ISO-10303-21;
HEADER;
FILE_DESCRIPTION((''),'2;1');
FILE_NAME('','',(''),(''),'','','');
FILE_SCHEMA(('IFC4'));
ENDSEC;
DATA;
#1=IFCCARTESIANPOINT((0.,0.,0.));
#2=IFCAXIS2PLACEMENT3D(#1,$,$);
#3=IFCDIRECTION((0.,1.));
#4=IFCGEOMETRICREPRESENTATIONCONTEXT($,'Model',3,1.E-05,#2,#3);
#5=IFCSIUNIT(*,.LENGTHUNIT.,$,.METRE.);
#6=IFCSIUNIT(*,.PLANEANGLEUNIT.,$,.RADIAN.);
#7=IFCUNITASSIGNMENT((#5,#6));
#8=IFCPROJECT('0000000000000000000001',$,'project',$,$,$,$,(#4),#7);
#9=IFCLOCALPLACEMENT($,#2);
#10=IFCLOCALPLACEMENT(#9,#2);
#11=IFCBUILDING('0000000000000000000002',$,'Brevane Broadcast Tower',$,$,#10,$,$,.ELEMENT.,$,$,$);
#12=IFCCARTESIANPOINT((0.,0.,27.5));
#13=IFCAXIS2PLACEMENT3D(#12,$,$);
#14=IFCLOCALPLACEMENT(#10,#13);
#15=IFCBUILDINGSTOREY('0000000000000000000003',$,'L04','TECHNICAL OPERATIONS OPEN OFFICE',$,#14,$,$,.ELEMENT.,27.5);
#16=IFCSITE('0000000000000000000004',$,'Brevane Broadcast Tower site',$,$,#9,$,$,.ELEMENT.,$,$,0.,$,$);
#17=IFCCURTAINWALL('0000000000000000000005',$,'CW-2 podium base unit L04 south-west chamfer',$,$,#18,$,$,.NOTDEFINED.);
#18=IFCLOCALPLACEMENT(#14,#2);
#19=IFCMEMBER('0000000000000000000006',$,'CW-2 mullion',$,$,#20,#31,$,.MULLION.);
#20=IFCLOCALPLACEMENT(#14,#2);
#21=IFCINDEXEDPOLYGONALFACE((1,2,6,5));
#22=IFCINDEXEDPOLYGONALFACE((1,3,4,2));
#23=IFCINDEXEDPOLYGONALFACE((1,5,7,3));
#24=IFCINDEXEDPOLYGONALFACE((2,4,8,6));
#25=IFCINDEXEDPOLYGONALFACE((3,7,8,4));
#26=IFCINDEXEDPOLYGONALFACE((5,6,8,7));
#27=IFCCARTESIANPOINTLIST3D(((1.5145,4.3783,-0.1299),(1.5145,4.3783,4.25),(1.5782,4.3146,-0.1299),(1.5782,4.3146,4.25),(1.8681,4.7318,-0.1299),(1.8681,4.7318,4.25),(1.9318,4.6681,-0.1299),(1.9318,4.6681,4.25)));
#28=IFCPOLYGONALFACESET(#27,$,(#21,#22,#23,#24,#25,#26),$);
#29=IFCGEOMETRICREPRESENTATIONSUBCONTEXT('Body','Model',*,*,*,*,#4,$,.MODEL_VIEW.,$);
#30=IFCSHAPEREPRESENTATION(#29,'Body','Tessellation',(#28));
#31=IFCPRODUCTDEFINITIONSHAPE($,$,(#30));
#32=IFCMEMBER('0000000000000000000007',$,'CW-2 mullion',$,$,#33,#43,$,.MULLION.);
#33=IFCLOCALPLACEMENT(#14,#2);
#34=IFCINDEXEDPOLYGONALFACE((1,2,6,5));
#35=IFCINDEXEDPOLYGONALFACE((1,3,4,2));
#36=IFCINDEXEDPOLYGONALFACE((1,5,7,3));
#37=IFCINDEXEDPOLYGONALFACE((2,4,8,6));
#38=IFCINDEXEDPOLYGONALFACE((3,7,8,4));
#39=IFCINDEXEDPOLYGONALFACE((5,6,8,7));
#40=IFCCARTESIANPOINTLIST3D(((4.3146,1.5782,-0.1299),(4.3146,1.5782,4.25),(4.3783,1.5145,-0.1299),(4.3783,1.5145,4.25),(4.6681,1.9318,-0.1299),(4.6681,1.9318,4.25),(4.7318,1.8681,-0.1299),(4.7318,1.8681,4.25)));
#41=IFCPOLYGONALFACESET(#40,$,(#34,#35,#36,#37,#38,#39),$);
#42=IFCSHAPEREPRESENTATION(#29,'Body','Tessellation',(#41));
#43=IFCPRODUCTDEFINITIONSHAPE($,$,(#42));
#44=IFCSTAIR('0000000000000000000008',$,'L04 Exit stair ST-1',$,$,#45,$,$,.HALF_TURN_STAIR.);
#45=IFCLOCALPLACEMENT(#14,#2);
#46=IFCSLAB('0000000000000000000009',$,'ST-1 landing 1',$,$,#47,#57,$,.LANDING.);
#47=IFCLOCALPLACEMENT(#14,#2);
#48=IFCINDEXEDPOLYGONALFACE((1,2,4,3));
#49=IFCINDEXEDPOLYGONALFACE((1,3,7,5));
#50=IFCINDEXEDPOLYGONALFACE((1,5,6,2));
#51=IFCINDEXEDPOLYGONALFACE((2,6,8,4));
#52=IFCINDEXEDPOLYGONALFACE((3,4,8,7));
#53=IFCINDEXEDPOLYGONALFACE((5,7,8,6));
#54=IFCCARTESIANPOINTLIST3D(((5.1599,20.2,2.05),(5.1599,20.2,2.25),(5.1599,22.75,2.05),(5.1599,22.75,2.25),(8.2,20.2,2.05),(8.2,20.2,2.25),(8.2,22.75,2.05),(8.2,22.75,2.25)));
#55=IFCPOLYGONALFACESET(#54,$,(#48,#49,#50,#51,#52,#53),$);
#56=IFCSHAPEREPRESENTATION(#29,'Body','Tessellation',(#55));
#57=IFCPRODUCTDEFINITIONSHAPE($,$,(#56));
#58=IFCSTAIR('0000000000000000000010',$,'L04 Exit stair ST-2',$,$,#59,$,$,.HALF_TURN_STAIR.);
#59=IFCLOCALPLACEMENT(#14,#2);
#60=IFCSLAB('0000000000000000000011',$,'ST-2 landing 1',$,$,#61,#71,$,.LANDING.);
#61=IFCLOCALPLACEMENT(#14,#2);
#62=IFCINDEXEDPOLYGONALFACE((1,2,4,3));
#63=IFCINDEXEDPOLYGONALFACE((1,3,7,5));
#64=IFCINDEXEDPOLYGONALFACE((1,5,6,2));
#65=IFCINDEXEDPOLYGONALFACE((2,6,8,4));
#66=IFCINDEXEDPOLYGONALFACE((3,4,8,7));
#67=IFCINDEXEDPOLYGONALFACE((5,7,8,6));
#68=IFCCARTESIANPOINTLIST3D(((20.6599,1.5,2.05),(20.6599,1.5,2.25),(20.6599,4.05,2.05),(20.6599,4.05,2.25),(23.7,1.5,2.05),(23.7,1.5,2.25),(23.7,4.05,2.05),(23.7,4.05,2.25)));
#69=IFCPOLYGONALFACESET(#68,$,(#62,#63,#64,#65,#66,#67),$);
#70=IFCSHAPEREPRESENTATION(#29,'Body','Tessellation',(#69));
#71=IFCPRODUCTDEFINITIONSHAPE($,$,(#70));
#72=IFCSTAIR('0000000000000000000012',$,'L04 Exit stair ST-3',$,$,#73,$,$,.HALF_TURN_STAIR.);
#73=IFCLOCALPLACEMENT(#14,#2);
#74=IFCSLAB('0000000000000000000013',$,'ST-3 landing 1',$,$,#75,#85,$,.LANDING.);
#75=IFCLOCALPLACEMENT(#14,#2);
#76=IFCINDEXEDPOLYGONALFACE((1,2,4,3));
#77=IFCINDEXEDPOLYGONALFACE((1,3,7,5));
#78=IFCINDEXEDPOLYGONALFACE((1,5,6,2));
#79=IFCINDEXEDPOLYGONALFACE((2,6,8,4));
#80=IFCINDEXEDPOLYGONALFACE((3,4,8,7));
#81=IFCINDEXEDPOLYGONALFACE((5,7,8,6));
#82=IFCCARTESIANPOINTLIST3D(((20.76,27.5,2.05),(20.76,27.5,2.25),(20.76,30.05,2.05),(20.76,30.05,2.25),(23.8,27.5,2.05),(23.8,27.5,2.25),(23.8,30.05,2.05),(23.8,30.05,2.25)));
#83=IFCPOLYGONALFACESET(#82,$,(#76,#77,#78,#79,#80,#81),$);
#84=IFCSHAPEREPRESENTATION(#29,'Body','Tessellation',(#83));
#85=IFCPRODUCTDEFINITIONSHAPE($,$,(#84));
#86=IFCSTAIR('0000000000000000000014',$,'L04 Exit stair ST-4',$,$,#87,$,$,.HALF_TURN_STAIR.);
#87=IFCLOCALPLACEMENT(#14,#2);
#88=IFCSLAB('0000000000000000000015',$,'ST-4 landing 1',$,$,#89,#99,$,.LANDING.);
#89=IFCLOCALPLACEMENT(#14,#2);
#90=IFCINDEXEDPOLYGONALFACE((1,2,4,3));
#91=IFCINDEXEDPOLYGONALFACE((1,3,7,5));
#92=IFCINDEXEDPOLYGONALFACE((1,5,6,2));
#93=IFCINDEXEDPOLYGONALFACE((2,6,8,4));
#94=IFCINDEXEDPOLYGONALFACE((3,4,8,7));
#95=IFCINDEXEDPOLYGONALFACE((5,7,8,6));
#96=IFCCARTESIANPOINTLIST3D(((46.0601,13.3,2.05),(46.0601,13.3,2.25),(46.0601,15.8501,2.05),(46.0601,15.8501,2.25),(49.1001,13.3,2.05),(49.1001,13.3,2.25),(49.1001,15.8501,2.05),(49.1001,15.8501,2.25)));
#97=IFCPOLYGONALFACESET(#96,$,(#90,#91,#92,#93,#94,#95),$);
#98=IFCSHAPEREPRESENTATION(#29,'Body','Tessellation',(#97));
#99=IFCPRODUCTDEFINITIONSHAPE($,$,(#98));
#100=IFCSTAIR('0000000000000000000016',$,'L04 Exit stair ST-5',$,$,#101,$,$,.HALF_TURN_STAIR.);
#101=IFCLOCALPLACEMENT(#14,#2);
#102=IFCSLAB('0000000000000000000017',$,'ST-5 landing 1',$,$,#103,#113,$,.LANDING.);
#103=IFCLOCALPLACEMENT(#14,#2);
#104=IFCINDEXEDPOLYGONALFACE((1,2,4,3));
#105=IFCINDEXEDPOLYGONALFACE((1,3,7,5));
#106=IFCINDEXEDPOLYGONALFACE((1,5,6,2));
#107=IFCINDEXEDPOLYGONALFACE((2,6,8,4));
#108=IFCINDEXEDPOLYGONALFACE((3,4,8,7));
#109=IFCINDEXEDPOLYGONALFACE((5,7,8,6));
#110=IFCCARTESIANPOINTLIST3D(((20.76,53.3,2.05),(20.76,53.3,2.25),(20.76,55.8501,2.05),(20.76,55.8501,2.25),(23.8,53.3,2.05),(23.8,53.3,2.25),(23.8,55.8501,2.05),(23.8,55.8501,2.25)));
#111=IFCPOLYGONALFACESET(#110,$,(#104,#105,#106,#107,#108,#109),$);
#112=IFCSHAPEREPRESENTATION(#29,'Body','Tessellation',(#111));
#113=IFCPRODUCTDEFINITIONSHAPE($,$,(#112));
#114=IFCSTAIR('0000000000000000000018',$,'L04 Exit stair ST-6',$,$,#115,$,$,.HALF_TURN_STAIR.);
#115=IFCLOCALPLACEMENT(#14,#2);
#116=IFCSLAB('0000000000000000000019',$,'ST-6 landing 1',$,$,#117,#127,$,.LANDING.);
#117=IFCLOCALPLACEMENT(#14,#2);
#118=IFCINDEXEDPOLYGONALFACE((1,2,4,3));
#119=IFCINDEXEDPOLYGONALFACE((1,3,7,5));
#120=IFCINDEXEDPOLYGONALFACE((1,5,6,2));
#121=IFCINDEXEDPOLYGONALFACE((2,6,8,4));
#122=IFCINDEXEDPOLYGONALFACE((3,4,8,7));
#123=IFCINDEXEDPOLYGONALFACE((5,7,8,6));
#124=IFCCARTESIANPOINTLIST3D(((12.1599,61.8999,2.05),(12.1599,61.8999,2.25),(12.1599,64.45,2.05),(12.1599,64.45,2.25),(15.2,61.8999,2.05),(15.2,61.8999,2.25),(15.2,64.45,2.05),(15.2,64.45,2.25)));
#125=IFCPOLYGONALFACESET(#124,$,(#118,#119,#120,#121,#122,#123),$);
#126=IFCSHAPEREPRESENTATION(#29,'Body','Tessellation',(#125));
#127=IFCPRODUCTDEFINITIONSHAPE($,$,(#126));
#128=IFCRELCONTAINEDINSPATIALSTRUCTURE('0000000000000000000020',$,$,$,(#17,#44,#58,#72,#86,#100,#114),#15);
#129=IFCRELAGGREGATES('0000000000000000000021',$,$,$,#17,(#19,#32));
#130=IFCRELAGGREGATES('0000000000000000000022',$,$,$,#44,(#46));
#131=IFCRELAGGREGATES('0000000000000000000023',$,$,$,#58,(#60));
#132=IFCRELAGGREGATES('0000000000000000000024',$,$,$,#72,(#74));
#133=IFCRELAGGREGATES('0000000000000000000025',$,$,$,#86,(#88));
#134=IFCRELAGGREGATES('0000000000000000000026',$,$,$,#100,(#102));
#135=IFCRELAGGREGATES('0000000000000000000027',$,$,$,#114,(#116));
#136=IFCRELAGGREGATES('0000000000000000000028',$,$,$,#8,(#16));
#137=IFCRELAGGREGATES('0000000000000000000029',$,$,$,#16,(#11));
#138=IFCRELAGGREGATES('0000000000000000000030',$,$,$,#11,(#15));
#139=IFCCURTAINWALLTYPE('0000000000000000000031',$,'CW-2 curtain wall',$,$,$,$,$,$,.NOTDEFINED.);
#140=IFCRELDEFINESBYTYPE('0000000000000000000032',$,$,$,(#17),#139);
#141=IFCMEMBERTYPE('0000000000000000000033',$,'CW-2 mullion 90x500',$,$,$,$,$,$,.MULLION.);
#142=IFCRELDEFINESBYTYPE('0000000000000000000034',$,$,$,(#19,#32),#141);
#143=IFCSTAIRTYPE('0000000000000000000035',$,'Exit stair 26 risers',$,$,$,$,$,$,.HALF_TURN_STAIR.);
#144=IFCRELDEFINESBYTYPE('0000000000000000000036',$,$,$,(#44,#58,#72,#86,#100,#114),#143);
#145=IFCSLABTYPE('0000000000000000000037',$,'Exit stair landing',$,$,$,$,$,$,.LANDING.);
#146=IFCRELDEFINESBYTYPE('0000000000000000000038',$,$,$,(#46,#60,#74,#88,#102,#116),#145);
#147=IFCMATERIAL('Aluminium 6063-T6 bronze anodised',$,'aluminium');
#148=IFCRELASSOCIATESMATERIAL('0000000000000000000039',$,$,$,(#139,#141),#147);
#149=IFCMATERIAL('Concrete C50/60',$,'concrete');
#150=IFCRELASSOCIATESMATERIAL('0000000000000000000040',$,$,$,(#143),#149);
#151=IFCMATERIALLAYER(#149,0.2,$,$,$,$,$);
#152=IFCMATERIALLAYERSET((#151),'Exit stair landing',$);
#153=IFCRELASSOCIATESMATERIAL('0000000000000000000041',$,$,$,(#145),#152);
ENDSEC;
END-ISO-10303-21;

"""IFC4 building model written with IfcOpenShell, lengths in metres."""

from ifc_helpers import new_model, si_unit, direction, frame, origin, origin_2d, place, context, subcontext, project, spatial, polyline, rectangle, outline, extrude, material, layer, layer_set, material_profile, profile_set, type_object, element, aggregate, save


model = new_model("IFC4")

# Units and contexts
model_context = context("Model", 3, precision=1e-05, world=origin(), true_north=direction((0.0, 1.0)))
body_context = subcontext(model_context, "Body", "Model", "MODEL_VIEW")
ifc_project = project(units=[si_unit("LENGTHUNIT", "METRE"), si_unit("PLANEANGLEUNIT", "RADIAN")], contexts=[model_context])

# Site, building, storey
site_placement = place(None, origin())
site = spatial("IfcSite", under=ifc_project, at=site_placement, Name="Brevane Broadcast Tower site", CompositionType="ELEMENT", RefElevation=0.0)
building_placement = place(site_placement, origin())
building = spatial("IfcBuilding", under=site, at=building_placement, Name="Brevane Broadcast Tower", CompositionType="ELEMENT")
storey_placement = place(building_placement, frame((0.0, 0.0, 27.5)))
storey = spatial("IfcBuildingStorey", under=building, at=storey_placement, Name="L04", Description="TECHNICAL OPERATIONS OPEN OFFICE", CompositionType="ELEMENT", Elevation=27.5)

# Curtain wall, members
ifc_material_1 = material(Name="Aluminium 6063-T6 bronze anodised", Category="aluminium")
curtain_wall_type = type_object("IfcCurtainWallType", Name="CW-2 curtain wall", PredefinedType="NOTDEFINED", material=ifc_material_1)
curtain_wall_placement = place(storey_placement, origin())
curtain_wall = element("IfcCurtainWall", 1, at=curtain_wall_placement, inside=storey, type_object=curtain_wall_type, Name="CW-2 podium base unit L04 south-west chamfer", PredefinedType="NOTDEFINED")
ifc_material_profile = material_profile(ifc_material_1, rectangle(XDim=0.5, YDim=0.0901, at=origin_2d()), Name="RECT 90x500")
ifc_profile_set = profile_set([ifc_material_profile], Name="Aluminium 6063-T6 bronze anodised")
member_type = type_object("IfcMemberType", Name="CW-2 mullion 90x500", PredefinedType="MULLION", material=ifc_profile_set)
member_1_placement = place(storey_placement, frame((1.7231, 4.5232, -0.1299), z_axis=(0.0, 0.0, 1.0), x_axis=(0.707107, 0.707107, 0.0)))
member_1 = element("IfcMember", 2, at=member_1_placement, type_object=member_type, Name="CW-2 mullion", PredefinedType="MULLION", context=body_context, shape_type="SweptSolid", body=[
    extrude(rectangle(XDim=0.5, YDim=0.0901, at=origin_2d()), origin(), (0.0, 0.0, 1.0), 4.3799),
])
member_2_placement = place(storey_placement, frame((4.5232, 1.7231, -0.1299), z_axis=(0.0, 0.0, 1.0), x_axis=(0.707107, 0.707107, 0.0)))
member_2 = element("IfcMember", 3, at=member_2_placement, type_object=member_type, Name="CW-2 mullion", PredefinedType="MULLION", context=body_context, shape_type="SweptSolid", body=[
    extrude(rectangle(XDim=0.5, YDim=0.0901, at=origin_2d()), origin(), (0.0, 0.0, 1.0), 4.3799),
])
aggregate(curtain_wall, [member_1, member_2])

# Stairs, slabs
ifc_material_2 = material(Name="Concrete C50/60", Category="concrete")
stair_type = type_object("IfcStairType", Name="Exit stair 26 risers", PredefinedType="HALF_TURN_STAIR", material=ifc_material_2)
stair_1_placement = place(storey_placement, origin())
stair_1 = element("IfcStair", 4, at=stair_1_placement, inside=storey, type_object=stair_type, Name="L04 Exit stair ST-1", PredefinedType="HALF_TURN_STAIR")
ifc_layer_1 = layer(ifc_material_2, 0.2)
ifc_layer_set_1 = layer_set([ifc_layer_1], Name="Exit stair landing")
slab_type_1 = type_object("IfcSlabType", Name="Exit stair landing", PredefinedType="LANDING", material=ifc_layer_set_1)
slab_1_placement = place(storey_placement, frame((0.0, 0.0, 2.05)))
slab_1 = element("IfcSlab", 5, at=slab_1_placement, type_object=slab_type_1, Name="ST-1 landing 1", PredefinedType="LANDING", context=body_context, shape_type="SweptSolid", body=[
    extrude(outline(polyline([(5.1599, 20.2), (8.2, 20.2), (8.2, 22.75), (5.1599, 22.75), (5.1599, 20.2)])), origin(), (0.0, 0.0, 1.0), 0.2),
])
aggregate(stair_1, [slab_1])
stair_2_placement = place(storey_placement, origin())
stair_2 = element("IfcStair", 6, at=stair_2_placement, inside=storey, type_object=stair_type, Name="L04 Exit stair ST-2", PredefinedType="HALF_TURN_STAIR")
slab_2_placement = place(storey_placement, frame((0.0, 0.0, 2.05)))
slab_2 = element("IfcSlab", 7, at=slab_2_placement, type_object=slab_type_1, Name="ST-2 landing 1", PredefinedType="LANDING", context=body_context, shape_type="SweptSolid", body=[
    extrude(outline(polyline([(20.6599, 1.5), (23.7, 1.5), (23.7, 4.05), (20.6599, 4.05), (20.6599, 1.5)])), origin(), (0.0, 0.0, 1.0), 0.2),
])
aggregate(stair_2, [slab_2])
stair_3_placement = place(storey_placement, origin())
stair_3 = element("IfcStair", 8, at=stair_3_placement, inside=storey, type_object=stair_type, Name="L04 Exit stair ST-3", PredefinedType="HALF_TURN_STAIR")
slab_3_placement = place(storey_placement, frame((0.0, 0.0, 2.05)))
slab_3 = element("IfcSlab", 9, at=slab_3_placement, type_object=slab_type_1, Name="ST-3 landing 1", PredefinedType="LANDING", context=body_context, shape_type="SweptSolid", body=[
    extrude(outline(polyline([(20.76, 27.5), (23.8, 27.5), (23.8, 30.05), (20.76, 30.05), (20.76, 27.5)])), origin(), (0.0, 0.0, 1.0), 0.2),
])
aggregate(stair_3, [slab_3])
stair_4_placement = place(storey_placement, origin())
stair_4 = element("IfcStair", 10, at=stair_4_placement, inside=storey, type_object=stair_type, Name="L04 Exit stair ST-4", PredefinedType="HALF_TURN_STAIR")
slab_4_placement = place(storey_placement, frame((0.0, 0.0, 2.05)))
slab_4 = element("IfcSlab", 11, at=slab_4_placement, type_object=slab_type_1, Name="ST-4 landing 1", PredefinedType="LANDING", context=body_context, shape_type="SweptSolid", body=[
    extrude(outline(polyline([(46.0601, 13.3), (49.1001, 13.3), (49.1001, 15.8501), (46.0601, 15.8501), (46.0601, 13.3)])), origin(), (0.0, 0.0, 1.0), 0.2),
])
aggregate(stair_4, [slab_4])
stair_5_placement = place(storey_placement, origin())
stair_5 = element("IfcStair", 12, at=stair_5_placement, inside=storey, type_object=stair_type, Name="L04 Exit stair ST-5", PredefinedType="HALF_TURN_STAIR")
slab_5_placement = place(storey_placement, frame((0.0, 0.0, 2.05)))
slab_5 = element("IfcSlab", 13, at=slab_5_placement, type_object=slab_type_1, Name="ST-5 landing 1", PredefinedType="LANDING", context=body_context, shape_type="SweptSolid", body=[
    extrude(outline(polyline([(20.76, 53.3), (23.8, 53.3), (23.8, 55.8501), (20.76, 55.8501), (20.76, 53.3)])), origin(), (0.0, 0.0, 1.0), 0.2),
])
aggregate(stair_5, [slab_5])
stair_6_placement = place(storey_placement, origin())
stair_6 = element("IfcStair", 14, at=stair_6_placement, inside=storey, type_object=stair_type, Name="L04 Exit stair ST-6", PredefinedType="HALF_TURN_STAIR")
slab_6_placement = place(storey_placement, frame((0.0, 0.0, 2.05)))
slab_6 = element("IfcSlab", 15, at=slab_6_placement, type_object=slab_type_1, Name="ST-6 landing 1", PredefinedType="LANDING", context=body_context, shape_type="SweptSolid", body=[
    extrude(outline(polyline([(12.1599, 61.8999), (15.2, 61.8999), (15.2, 64.45), (12.1599, 64.45), (12.1599, 61.8999)])), origin(), (0.0, 0.0, 1.0), 0.2),
])
aggregate(stair_6, [slab_6])

save(model, "model.ifc")
